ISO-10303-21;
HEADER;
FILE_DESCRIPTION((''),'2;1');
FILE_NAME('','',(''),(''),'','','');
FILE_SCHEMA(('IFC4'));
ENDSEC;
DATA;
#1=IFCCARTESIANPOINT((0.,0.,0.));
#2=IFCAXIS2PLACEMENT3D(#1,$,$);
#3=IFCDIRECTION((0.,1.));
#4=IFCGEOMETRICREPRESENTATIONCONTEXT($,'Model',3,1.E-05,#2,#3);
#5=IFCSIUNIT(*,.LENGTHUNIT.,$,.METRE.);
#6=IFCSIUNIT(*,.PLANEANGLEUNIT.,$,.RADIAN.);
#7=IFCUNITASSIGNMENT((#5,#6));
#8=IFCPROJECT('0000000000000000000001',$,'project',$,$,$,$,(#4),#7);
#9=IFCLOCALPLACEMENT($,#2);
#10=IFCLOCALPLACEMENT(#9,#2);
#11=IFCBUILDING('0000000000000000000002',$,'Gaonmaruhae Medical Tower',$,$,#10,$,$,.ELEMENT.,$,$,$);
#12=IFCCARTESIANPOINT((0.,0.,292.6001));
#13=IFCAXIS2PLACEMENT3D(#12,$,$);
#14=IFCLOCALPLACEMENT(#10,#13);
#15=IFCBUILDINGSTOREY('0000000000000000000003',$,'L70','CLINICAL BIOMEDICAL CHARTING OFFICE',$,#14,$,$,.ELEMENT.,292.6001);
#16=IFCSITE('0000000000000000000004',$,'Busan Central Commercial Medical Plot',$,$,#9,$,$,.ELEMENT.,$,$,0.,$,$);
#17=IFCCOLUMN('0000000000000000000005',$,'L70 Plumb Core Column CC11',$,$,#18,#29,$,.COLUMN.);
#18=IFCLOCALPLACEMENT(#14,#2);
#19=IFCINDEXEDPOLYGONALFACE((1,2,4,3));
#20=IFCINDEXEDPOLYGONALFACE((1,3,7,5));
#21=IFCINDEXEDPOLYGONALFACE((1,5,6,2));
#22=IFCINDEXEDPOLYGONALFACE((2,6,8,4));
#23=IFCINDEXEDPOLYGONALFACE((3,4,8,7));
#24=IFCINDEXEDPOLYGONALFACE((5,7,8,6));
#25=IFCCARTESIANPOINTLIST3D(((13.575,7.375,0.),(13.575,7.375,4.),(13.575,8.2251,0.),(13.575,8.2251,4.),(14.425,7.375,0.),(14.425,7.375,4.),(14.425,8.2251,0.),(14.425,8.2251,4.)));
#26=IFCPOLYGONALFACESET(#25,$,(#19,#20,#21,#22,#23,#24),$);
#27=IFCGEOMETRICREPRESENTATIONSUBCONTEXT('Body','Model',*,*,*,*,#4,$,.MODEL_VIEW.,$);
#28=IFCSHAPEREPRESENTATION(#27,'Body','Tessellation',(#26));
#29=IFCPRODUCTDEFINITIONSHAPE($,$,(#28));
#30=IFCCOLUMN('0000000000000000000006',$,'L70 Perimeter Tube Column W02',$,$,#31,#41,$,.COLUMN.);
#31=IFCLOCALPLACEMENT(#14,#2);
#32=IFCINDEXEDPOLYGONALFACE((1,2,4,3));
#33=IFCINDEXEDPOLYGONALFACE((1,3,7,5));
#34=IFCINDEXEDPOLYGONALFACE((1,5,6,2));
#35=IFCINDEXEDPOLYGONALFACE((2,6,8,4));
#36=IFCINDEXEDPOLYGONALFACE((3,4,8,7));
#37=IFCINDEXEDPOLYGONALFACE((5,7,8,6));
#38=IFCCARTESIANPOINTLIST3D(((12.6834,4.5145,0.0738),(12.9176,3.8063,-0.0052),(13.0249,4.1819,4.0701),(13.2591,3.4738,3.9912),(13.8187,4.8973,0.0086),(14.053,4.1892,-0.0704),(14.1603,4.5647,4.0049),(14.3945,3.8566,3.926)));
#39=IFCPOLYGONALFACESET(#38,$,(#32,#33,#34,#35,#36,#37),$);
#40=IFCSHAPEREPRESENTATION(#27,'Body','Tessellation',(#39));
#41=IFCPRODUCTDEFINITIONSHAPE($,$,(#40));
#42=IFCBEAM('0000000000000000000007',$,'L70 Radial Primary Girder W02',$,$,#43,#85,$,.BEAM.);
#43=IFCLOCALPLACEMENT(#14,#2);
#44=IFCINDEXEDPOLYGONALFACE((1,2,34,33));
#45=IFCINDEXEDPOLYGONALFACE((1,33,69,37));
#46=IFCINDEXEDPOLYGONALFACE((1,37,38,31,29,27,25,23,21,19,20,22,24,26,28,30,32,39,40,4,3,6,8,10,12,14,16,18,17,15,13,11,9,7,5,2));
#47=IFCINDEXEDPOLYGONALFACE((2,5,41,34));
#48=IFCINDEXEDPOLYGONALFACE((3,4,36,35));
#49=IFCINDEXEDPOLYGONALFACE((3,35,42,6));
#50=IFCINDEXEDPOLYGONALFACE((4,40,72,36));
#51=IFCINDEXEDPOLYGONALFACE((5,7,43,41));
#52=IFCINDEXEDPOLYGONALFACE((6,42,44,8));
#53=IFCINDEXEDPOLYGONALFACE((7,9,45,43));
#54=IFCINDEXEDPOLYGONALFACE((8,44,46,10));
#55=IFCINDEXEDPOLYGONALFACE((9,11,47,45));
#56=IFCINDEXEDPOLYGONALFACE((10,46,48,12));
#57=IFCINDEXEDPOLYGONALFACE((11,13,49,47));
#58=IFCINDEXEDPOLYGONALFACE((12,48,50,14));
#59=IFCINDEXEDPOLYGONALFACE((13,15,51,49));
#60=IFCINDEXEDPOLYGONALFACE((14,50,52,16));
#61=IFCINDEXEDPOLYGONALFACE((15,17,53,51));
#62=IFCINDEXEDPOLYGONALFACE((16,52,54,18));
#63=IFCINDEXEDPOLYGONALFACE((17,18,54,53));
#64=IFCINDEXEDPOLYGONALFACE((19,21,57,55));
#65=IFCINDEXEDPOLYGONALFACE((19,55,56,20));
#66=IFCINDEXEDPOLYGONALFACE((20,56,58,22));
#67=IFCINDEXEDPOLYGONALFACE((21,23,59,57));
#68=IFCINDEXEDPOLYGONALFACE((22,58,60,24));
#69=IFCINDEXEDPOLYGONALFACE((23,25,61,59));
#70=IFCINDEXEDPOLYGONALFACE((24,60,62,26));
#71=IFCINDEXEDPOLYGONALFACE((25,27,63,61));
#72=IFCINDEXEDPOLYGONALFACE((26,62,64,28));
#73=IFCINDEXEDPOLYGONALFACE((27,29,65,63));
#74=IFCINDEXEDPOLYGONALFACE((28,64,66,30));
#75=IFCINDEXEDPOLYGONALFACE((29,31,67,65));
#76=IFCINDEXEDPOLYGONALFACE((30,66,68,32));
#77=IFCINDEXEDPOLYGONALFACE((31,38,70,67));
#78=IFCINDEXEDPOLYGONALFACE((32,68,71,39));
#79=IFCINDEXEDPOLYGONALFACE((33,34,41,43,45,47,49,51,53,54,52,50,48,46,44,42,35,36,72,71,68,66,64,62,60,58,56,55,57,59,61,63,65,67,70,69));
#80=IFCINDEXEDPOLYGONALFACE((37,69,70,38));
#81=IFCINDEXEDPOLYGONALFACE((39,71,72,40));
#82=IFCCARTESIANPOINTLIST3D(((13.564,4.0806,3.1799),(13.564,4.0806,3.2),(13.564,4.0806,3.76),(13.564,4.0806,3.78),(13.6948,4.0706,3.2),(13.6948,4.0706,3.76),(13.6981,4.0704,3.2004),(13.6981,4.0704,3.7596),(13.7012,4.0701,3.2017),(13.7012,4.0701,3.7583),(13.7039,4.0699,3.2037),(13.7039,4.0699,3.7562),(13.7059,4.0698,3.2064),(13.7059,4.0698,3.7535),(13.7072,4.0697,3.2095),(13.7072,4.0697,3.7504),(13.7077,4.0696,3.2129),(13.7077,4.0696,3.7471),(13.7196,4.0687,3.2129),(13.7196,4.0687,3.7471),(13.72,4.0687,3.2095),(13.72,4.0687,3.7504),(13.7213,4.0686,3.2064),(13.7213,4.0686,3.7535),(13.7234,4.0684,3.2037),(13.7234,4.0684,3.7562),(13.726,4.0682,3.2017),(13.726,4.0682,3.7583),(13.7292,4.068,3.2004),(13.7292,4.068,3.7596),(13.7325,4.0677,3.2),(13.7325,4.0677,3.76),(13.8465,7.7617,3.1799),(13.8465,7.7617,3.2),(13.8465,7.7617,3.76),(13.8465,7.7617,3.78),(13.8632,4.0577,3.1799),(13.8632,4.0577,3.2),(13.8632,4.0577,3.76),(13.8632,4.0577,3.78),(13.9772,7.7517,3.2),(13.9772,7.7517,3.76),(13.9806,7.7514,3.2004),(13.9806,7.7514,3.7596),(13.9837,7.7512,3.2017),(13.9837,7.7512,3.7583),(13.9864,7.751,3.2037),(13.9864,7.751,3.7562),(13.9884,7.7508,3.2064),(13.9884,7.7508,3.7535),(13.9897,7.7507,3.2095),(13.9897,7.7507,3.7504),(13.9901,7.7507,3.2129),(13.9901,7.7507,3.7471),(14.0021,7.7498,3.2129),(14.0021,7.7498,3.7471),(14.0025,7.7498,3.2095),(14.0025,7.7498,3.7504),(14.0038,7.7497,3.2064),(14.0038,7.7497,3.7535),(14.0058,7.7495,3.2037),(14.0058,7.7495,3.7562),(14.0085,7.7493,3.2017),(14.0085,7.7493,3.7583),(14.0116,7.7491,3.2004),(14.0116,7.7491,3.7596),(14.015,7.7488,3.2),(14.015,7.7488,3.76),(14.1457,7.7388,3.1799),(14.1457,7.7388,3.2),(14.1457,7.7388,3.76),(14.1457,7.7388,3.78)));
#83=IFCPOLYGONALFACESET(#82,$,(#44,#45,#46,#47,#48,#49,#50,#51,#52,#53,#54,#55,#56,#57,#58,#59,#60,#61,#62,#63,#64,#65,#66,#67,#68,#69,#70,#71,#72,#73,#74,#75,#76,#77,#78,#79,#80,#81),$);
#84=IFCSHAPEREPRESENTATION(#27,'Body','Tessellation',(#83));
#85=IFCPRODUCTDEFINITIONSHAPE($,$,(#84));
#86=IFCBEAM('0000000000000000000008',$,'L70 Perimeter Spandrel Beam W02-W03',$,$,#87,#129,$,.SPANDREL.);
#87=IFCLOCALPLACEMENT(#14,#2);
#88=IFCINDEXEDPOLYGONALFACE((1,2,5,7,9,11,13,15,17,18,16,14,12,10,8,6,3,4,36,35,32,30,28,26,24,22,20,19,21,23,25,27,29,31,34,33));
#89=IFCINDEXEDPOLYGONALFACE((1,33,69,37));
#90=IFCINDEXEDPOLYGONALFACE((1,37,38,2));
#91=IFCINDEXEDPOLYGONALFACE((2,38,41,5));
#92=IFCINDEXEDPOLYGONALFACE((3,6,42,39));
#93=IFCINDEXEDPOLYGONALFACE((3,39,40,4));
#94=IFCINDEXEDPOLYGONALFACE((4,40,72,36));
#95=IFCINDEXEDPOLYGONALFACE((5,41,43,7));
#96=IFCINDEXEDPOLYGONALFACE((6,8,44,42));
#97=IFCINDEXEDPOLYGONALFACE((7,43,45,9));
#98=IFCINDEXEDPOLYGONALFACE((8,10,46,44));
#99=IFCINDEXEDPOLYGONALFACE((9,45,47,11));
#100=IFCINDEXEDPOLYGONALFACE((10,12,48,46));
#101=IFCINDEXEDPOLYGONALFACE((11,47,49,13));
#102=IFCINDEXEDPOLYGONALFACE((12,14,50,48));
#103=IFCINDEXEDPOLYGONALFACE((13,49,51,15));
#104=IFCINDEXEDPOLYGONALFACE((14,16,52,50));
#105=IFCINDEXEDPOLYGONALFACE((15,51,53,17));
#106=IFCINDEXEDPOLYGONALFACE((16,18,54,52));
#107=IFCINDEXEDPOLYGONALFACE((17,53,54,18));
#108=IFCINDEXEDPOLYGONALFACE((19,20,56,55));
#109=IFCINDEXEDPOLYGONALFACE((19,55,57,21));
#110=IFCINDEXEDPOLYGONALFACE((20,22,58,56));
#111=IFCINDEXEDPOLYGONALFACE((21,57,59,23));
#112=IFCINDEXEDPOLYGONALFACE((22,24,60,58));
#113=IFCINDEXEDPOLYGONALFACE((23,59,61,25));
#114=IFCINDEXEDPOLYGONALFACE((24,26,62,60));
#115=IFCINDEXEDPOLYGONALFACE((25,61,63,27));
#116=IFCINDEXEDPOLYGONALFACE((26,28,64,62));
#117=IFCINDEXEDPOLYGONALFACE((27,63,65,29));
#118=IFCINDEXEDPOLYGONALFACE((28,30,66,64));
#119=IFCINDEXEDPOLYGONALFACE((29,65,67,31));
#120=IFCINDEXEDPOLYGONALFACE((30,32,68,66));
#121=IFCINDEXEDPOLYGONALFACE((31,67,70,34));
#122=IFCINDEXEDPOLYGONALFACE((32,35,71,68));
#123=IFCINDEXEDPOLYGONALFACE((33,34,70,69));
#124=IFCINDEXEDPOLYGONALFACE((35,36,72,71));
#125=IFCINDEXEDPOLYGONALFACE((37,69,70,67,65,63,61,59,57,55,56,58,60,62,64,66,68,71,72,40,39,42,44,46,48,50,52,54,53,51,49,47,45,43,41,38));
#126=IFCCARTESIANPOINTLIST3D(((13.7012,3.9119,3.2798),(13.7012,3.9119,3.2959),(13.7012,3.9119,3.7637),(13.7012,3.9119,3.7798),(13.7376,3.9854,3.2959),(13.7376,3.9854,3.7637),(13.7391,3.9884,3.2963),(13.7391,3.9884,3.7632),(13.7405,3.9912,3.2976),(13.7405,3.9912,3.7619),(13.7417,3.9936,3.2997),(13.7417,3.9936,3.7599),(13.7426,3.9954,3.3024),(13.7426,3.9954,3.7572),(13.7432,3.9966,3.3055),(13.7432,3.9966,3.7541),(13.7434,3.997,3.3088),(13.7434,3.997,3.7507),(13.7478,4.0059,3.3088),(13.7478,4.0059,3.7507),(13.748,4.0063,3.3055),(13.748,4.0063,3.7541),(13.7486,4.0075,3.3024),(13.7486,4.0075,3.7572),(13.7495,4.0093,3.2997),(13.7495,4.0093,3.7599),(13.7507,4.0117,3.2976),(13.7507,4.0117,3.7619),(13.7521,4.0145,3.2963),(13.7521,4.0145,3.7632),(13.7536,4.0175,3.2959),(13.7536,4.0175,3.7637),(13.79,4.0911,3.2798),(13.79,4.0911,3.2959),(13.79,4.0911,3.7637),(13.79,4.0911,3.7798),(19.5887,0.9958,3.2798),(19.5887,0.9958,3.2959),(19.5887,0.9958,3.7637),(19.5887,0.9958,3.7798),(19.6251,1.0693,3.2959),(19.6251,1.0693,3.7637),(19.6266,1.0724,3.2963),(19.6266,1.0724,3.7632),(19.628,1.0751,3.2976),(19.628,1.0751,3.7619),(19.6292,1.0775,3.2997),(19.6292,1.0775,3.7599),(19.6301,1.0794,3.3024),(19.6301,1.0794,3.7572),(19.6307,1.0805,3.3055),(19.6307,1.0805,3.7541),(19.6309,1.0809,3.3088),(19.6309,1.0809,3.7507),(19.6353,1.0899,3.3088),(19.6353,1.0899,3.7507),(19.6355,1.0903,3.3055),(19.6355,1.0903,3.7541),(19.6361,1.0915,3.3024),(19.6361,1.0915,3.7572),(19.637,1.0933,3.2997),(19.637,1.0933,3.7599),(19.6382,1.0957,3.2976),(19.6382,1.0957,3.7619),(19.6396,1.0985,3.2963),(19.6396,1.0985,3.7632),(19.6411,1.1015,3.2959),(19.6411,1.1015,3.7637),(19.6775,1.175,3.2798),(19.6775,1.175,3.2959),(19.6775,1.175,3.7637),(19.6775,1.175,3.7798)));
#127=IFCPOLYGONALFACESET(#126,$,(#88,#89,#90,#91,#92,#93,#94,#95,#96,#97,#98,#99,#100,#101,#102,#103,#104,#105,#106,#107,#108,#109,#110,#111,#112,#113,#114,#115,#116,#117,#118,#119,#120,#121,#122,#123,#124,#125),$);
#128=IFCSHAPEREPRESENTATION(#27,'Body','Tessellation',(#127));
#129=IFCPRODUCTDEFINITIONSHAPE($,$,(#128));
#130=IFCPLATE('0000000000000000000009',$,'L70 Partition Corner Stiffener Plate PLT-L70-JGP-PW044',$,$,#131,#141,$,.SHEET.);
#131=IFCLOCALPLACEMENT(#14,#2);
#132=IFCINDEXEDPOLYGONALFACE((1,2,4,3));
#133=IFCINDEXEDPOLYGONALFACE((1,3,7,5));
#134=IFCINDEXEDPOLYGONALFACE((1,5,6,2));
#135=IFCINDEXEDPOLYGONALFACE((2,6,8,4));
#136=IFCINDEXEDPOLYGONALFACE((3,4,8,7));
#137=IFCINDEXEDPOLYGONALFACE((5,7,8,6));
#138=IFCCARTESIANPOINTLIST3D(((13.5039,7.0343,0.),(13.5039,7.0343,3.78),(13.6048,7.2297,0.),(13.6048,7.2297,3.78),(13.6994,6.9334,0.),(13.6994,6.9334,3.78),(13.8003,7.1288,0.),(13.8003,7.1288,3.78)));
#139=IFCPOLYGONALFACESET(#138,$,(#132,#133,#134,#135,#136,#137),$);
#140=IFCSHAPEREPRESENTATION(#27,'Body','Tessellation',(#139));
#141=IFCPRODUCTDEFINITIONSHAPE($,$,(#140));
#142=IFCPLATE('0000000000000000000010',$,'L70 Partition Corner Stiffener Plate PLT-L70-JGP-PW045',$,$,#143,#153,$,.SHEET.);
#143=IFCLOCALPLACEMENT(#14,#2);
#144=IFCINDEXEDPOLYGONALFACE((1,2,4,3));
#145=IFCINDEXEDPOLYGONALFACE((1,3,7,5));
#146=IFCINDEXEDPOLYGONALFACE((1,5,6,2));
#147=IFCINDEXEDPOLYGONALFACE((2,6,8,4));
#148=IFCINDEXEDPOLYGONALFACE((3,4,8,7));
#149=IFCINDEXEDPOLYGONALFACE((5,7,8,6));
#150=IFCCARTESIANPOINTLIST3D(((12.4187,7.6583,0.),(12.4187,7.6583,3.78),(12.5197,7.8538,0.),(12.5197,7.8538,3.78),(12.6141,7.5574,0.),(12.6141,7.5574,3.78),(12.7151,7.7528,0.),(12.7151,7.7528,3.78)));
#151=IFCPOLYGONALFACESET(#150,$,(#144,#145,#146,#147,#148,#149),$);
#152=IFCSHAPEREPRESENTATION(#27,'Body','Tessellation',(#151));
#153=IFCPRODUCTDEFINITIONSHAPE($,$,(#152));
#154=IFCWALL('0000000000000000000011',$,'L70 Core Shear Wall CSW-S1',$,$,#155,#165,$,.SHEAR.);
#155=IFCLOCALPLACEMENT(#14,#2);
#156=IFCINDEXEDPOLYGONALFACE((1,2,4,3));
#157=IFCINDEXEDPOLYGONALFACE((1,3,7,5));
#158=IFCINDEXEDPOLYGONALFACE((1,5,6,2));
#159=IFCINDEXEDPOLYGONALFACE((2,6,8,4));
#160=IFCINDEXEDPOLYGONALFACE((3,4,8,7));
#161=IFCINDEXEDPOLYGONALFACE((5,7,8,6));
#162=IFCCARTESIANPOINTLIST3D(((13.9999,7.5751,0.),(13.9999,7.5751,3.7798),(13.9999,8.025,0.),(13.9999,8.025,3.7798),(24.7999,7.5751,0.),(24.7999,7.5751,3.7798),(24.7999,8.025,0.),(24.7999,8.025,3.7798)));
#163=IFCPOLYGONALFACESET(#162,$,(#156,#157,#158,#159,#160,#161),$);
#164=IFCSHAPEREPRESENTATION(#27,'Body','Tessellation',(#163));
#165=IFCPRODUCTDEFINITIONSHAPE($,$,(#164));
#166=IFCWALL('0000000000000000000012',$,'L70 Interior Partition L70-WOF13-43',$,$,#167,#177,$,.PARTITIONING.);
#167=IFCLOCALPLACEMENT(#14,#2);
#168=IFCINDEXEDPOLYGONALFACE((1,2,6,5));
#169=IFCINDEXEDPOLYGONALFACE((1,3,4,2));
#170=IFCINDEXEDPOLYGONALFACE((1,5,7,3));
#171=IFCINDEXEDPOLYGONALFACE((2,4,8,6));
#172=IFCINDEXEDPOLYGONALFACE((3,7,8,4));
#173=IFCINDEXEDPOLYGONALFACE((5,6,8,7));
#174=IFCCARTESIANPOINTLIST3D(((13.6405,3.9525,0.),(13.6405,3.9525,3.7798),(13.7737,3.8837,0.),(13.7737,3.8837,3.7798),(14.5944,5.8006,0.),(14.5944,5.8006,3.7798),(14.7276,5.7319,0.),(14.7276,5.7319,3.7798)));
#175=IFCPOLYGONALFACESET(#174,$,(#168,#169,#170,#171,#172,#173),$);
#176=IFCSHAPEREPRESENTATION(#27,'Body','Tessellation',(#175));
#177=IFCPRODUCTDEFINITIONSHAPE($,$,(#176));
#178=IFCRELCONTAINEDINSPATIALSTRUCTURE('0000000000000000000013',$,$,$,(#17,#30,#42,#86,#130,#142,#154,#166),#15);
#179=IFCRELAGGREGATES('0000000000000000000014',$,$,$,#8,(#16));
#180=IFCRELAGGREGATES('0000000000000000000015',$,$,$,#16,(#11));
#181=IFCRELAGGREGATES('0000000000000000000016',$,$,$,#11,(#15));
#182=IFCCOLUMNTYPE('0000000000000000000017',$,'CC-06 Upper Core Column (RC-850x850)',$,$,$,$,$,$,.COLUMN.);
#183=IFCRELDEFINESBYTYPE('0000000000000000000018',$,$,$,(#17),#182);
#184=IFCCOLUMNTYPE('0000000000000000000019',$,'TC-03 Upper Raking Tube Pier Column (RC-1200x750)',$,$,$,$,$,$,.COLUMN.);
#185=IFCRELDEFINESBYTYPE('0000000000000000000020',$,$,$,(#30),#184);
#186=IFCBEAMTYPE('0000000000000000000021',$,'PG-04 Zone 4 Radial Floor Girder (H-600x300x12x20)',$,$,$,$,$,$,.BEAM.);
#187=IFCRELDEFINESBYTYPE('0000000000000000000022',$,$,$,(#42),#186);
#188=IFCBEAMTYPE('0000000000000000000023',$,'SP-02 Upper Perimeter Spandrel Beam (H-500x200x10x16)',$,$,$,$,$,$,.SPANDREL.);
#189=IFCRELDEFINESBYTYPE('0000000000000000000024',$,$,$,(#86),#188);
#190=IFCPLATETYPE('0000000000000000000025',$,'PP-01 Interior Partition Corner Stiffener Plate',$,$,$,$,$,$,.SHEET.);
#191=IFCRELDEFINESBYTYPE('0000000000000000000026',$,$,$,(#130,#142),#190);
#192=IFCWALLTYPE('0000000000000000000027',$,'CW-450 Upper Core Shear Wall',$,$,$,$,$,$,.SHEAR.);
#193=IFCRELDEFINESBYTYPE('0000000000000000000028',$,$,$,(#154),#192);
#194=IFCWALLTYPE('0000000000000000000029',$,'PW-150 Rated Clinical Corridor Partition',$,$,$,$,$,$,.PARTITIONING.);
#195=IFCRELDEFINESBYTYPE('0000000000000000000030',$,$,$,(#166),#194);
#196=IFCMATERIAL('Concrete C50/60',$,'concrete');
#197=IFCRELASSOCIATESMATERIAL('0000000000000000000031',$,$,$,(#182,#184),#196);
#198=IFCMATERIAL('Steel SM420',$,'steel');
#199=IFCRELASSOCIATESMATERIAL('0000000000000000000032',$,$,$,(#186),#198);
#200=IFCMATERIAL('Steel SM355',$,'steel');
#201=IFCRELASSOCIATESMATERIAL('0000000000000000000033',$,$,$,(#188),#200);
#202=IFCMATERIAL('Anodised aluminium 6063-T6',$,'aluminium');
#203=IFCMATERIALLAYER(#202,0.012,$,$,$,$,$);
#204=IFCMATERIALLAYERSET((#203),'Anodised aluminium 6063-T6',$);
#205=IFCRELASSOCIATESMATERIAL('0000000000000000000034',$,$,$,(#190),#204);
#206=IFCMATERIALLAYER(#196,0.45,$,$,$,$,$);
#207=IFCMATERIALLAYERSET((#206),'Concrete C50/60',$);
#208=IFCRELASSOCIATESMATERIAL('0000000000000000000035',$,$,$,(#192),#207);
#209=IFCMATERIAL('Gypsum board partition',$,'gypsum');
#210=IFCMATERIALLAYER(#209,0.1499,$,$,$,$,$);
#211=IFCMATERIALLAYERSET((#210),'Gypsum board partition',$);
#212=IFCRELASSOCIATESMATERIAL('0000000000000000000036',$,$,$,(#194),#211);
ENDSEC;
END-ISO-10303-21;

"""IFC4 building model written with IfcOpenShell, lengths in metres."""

from ifc_helpers import new_model, si_unit, direction, frame, frame_2d, origin, origin_2d, place, context, subcontext, project, spatial, rectangle, i_section, extrude, material, layer, layer_set, material_profile, profile_set, type_object, element, save


model = new_model("IFC4")

# Units and contexts
model_context = context("Model", 3, precision=1e-05, world=origin(), true_north=direction((0.0, 1.0)))
body_context = subcontext(model_context, "Body", "Model", "MODEL_VIEW")
ifc_project = project(units=[si_unit("LENGTHUNIT", "METRE"), si_unit("PLANEANGLEUNIT", "RADIAN")], contexts=[model_context])

# Site, building, storey
site_placement = place(None, origin())
site = spatial("IfcSite", under=ifc_project, at=site_placement, Name="Busan Central Commercial Medical Plot", CompositionType="ELEMENT", RefElevation=0.0)
building_placement = place(site_placement, origin())
building = spatial("IfcBuilding", under=site, at=building_placement, Name="Gaonmaruhae Medical Tower", CompositionType="ELEMENT")
storey_placement = place(building_placement, frame((0.0, 0.0, 292.6001)))
storey = spatial("IfcBuildingStorey", under=building, at=storey_placement, Name="L70", Description="CLINICAL BIOMEDICAL CHARTING OFFICE", CompositionType="ELEMENT", Elevation=292.6001)

# Columns
ifc_material_1 = material(Name="Concrete C50/60", Category="concrete")
ifc_material_profile_1 = material_profile(ifc_material_1, rectangle(XDim=0.8501, YDim=0.8501, at=origin_2d()), Name="RC-850x850")
ifc_profile_set_1 = profile_set([ifc_material_profile_1], Name="Concrete C50/60")
column_type_1 = type_object("IfcColumnType", Name="CC-06 Upper Core Column (RC-850x850)", PredefinedType="COLUMN", material=ifc_profile_set_1)
column_1_placement = place(storey_placement, frame((14.0, 7.8, 0.0), z_axis=(0.0, 0.0, 1.0), x_axis=(1.0, 0.0, 0.0)))
element("IfcColumn", 1, at=column_1_placement, inside=storey, type_object=column_type_1, Name="L70 Plumb Core Column CC11", PredefinedType="COLUMN", context=body_context, shape_type="SweptSolid", body=[
    extrude(rectangle(XDim=0.8501, YDim=0.8501, at=origin_2d()), origin(), (0.0, 0.0, 1.0), 4.0),
])
ifc_material_profile_2 = material_profile(ifc_material_1, rectangle(XDim=1.2, YDim=0.75, at=origin_2d()), Name="RC-1200x750")
ifc_profile_set_2 = profile_set([ifc_material_profile_2], Name="Concrete C50/60")
column_type_2 = type_object("IfcColumnType", Name="TC-03 Upper Raking Tube Pier Column (RC-1200x750)", PredefinedType="COLUMN", material=ifc_profile_set_2)
column_2_placement = place(storey_placement, frame((13.3682, 4.3518, 0.0017), z_axis=(0.084865, -0.08262, 0.992961), x_axis=(-0.946189, -0.319023, 0.054323)))
element("IfcColumn", 2, at=column_2_placement, inside=storey, type_object=column_type_2, Name="L70 Perimeter Tube Column W02", PredefinedType="COLUMN", context=body_context, shape_type="SweptSolid", body=[
    extrude(rectangle(XDim=1.2, YDim=0.75, at=origin_2d()), origin(), (0.0, 0.0, 1.0), 4.0247),
])

# Beams
ifc_material_2 = material(Name="Steel SM420", Category="steel")
ifc_material_profile_3 = material_profile(ifc_material_2, i_section(OverallWidth=0.3, OverallDepth=0.6001, WebThickness=0.012, FlangeThickness=0.02, FilletRadius=0.0129, at=origin_2d()), Name="H-600x300x12x20")
ifc_profile_set_3 = profile_set([ifc_material_profile_3], Name="Steel SM420")
beam_type_1 = type_object("IfcBeamType", Name="PG-04 Zone 4 Radial Floor Girder (H-600x300x12x20)", PredefinedType="BEAM", material=ifc_profile_set_3)
beam_1_placement = place(storey_placement, frame((13.9961, 7.7502, 3.48), z_axis=(-0.076509, -0.997069, 0.0), x_axis=(0.997069, -0.076509, 0.0)))
element("IfcBeam", 3, at=beam_1_placement, inside=storey, type_object=beam_type_1, Name="L70 Radial Primary Girder W02", PredefinedType="BEAM", context=body_context, shape_type="SweptSolid", body=[
    extrude(i_section(OverallWidth=0.3, OverallDepth=0.6001, WebThickness=0.012, FlangeThickness=0.02, FilletRadius=0.0129, at=origin_2d()), origin(), (0.0, 0.0, 1.0), 3.6919),
])
ifc_material_3 = material(Name="Steel SM355", Category="steel")
ifc_material_profile_4 = material_profile(ifc_material_3, i_section(OverallWidth=0.2, OverallDepth=0.5, WebThickness=0.01, FlangeThickness=0.0161, FilletRadius=0.0129, at=origin_2d()), Name="H-500x200x10x16")
ifc_profile_set_4 = profile_set([ifc_material_profile_4], Name="Steel SM355")
beam_type_2 = type_object("IfcBeamType", Name="SP-02 Upper Perimeter Spandrel Beam (H-500x200x10x16)", PredefinedType="SPANDREL", material=ifc_profile_set_4)
beam_2_placement = place(storey_placement, frame((13.7456, 4.0015, 3.5298), z_axis=(0.896108, -0.443836, 0.0), x_axis=(0.443836, 0.896108, 0.0)))
element("IfcBeam", 4, at=beam_2_placement, inside=storey, type_object=beam_type_2, Name="L70 Perimeter Spandrel Beam W02-W03", PredefinedType="SPANDREL", context=body_context, shape_type="SweptSolid", body=[
    extrude(i_section(OverallWidth=0.2, OverallDepth=0.5, WebThickness=0.01, FlangeThickness=0.0161, FilletRadius=0.0129, at=origin_2d()), origin(), (0.0, 0.0, 1.0), 6.5701),
])

# Plates
ifc_material_4 = material(Name="Anodised aluminium 6063-T6", Category="aluminium")
ifc_layer_1 = layer(ifc_material_4, 0.012)
ifc_layer_set_1 = layer_set([ifc_layer_1], Name="Anodised aluminium 6063-T6")
plate_type = type_object("IfcPlateType", Name="PP-01 Interior Partition Corner Stiffener Plate", PredefinedType="SHEET", material=ifc_layer_set_1)
for number, where, z_axis, x_axis, name in (
    (5, (13.6521, 7.0815, 0.0), (0.0, 0.0, 1.0), (0.45865, 0.888617, 0.0), "L70 Partition Corner Stiffener Plate PLT-L70-JGP-PW044"),
    (6, (12.5669, 7.7056, 0.0), (0.0, 0.0, 1.0), (0.458929, 0.888473, 0.0), "L70 Partition Corner Stiffener Plate PLT-L70-JGP-PW045"),
):
    element("IfcPlate", number, at=place(storey_placement, frame(where, z_axis=z_axis, x_axis=x_axis)), inside=storey, type_object=plate_type, Name=name, PredefinedType="SHEET", context=body_context, shape_type="SweptSolid", body=[
        extrude(rectangle(XDim=0.22, YDim=0.22, at=origin_2d()), origin(), (0.0, 0.0, 1.0), 3.78),
    ])

# Wall
ifc_layer_2 = layer(ifc_material_1, 0.45)
ifc_layer_set_2 = layer_set([ifc_layer_2], Name="Concrete C50/60")
wall_type_1 = type_object("IfcWallType", Name="CW-450 Upper Core Shear Wall", PredefinedType="SHEAR", material=ifc_layer_set_2)
wall_1_placement = place(storey_placement, frame((14.0, 7.8, 0.0), z_axis=(0.0, 0.0, 1.0), x_axis=(1.0, 0.0, 0.0)))
element("IfcWall", 7, at=wall_1_placement, inside=storey, type_object=wall_type_1, Name="L70 Core Shear Wall CSW-S1", PredefinedType="SHEAR", context=body_context, shape_type="SweptSolid", body=[
    extrude(rectangle(XDim=10.8, YDim=0.45, at=frame_2d((5.3999, 0.0))), origin(), (0.0, 0.0, 1.0), 3.7798),
])

# Wall
ifc_material_5 = material(Name="Gypsum board partition", Category="gypsum")
ifc_layer_3 = layer(ifc_material_5, 0.1499)
ifc_layer_set_3 = layer_set([ifc_layer_3], Name="Gypsum board partition")
wall_type_2 = type_object("IfcWallType", Name="PW-150 Rated Clinical Corridor Partition", PredefinedType="PARTITIONING", material=ifc_layer_set_3)
wall_2_placement = place(storey_placement, frame((13.707, 3.918, 0.0), z_axis=(0.0, 0.0, 1.0), x_axis=(0.458634, 0.888625, 0.0)))
element("IfcWall", 8, at=wall_2_placement, inside=storey, type_object=wall_type_2, Name="L70 Interior Partition L70-WOF13-43", PredefinedType="PARTITIONING", context=body_context, shape_type="SweptSolid", body=[
    extrude(rectangle(XDim=2.0798, YDim=0.1499, at=frame_2d((1.04, 0.0))), origin(), (0.0, 0.0, 1.0), 3.7798),
])

save(model, "model.ifc")
